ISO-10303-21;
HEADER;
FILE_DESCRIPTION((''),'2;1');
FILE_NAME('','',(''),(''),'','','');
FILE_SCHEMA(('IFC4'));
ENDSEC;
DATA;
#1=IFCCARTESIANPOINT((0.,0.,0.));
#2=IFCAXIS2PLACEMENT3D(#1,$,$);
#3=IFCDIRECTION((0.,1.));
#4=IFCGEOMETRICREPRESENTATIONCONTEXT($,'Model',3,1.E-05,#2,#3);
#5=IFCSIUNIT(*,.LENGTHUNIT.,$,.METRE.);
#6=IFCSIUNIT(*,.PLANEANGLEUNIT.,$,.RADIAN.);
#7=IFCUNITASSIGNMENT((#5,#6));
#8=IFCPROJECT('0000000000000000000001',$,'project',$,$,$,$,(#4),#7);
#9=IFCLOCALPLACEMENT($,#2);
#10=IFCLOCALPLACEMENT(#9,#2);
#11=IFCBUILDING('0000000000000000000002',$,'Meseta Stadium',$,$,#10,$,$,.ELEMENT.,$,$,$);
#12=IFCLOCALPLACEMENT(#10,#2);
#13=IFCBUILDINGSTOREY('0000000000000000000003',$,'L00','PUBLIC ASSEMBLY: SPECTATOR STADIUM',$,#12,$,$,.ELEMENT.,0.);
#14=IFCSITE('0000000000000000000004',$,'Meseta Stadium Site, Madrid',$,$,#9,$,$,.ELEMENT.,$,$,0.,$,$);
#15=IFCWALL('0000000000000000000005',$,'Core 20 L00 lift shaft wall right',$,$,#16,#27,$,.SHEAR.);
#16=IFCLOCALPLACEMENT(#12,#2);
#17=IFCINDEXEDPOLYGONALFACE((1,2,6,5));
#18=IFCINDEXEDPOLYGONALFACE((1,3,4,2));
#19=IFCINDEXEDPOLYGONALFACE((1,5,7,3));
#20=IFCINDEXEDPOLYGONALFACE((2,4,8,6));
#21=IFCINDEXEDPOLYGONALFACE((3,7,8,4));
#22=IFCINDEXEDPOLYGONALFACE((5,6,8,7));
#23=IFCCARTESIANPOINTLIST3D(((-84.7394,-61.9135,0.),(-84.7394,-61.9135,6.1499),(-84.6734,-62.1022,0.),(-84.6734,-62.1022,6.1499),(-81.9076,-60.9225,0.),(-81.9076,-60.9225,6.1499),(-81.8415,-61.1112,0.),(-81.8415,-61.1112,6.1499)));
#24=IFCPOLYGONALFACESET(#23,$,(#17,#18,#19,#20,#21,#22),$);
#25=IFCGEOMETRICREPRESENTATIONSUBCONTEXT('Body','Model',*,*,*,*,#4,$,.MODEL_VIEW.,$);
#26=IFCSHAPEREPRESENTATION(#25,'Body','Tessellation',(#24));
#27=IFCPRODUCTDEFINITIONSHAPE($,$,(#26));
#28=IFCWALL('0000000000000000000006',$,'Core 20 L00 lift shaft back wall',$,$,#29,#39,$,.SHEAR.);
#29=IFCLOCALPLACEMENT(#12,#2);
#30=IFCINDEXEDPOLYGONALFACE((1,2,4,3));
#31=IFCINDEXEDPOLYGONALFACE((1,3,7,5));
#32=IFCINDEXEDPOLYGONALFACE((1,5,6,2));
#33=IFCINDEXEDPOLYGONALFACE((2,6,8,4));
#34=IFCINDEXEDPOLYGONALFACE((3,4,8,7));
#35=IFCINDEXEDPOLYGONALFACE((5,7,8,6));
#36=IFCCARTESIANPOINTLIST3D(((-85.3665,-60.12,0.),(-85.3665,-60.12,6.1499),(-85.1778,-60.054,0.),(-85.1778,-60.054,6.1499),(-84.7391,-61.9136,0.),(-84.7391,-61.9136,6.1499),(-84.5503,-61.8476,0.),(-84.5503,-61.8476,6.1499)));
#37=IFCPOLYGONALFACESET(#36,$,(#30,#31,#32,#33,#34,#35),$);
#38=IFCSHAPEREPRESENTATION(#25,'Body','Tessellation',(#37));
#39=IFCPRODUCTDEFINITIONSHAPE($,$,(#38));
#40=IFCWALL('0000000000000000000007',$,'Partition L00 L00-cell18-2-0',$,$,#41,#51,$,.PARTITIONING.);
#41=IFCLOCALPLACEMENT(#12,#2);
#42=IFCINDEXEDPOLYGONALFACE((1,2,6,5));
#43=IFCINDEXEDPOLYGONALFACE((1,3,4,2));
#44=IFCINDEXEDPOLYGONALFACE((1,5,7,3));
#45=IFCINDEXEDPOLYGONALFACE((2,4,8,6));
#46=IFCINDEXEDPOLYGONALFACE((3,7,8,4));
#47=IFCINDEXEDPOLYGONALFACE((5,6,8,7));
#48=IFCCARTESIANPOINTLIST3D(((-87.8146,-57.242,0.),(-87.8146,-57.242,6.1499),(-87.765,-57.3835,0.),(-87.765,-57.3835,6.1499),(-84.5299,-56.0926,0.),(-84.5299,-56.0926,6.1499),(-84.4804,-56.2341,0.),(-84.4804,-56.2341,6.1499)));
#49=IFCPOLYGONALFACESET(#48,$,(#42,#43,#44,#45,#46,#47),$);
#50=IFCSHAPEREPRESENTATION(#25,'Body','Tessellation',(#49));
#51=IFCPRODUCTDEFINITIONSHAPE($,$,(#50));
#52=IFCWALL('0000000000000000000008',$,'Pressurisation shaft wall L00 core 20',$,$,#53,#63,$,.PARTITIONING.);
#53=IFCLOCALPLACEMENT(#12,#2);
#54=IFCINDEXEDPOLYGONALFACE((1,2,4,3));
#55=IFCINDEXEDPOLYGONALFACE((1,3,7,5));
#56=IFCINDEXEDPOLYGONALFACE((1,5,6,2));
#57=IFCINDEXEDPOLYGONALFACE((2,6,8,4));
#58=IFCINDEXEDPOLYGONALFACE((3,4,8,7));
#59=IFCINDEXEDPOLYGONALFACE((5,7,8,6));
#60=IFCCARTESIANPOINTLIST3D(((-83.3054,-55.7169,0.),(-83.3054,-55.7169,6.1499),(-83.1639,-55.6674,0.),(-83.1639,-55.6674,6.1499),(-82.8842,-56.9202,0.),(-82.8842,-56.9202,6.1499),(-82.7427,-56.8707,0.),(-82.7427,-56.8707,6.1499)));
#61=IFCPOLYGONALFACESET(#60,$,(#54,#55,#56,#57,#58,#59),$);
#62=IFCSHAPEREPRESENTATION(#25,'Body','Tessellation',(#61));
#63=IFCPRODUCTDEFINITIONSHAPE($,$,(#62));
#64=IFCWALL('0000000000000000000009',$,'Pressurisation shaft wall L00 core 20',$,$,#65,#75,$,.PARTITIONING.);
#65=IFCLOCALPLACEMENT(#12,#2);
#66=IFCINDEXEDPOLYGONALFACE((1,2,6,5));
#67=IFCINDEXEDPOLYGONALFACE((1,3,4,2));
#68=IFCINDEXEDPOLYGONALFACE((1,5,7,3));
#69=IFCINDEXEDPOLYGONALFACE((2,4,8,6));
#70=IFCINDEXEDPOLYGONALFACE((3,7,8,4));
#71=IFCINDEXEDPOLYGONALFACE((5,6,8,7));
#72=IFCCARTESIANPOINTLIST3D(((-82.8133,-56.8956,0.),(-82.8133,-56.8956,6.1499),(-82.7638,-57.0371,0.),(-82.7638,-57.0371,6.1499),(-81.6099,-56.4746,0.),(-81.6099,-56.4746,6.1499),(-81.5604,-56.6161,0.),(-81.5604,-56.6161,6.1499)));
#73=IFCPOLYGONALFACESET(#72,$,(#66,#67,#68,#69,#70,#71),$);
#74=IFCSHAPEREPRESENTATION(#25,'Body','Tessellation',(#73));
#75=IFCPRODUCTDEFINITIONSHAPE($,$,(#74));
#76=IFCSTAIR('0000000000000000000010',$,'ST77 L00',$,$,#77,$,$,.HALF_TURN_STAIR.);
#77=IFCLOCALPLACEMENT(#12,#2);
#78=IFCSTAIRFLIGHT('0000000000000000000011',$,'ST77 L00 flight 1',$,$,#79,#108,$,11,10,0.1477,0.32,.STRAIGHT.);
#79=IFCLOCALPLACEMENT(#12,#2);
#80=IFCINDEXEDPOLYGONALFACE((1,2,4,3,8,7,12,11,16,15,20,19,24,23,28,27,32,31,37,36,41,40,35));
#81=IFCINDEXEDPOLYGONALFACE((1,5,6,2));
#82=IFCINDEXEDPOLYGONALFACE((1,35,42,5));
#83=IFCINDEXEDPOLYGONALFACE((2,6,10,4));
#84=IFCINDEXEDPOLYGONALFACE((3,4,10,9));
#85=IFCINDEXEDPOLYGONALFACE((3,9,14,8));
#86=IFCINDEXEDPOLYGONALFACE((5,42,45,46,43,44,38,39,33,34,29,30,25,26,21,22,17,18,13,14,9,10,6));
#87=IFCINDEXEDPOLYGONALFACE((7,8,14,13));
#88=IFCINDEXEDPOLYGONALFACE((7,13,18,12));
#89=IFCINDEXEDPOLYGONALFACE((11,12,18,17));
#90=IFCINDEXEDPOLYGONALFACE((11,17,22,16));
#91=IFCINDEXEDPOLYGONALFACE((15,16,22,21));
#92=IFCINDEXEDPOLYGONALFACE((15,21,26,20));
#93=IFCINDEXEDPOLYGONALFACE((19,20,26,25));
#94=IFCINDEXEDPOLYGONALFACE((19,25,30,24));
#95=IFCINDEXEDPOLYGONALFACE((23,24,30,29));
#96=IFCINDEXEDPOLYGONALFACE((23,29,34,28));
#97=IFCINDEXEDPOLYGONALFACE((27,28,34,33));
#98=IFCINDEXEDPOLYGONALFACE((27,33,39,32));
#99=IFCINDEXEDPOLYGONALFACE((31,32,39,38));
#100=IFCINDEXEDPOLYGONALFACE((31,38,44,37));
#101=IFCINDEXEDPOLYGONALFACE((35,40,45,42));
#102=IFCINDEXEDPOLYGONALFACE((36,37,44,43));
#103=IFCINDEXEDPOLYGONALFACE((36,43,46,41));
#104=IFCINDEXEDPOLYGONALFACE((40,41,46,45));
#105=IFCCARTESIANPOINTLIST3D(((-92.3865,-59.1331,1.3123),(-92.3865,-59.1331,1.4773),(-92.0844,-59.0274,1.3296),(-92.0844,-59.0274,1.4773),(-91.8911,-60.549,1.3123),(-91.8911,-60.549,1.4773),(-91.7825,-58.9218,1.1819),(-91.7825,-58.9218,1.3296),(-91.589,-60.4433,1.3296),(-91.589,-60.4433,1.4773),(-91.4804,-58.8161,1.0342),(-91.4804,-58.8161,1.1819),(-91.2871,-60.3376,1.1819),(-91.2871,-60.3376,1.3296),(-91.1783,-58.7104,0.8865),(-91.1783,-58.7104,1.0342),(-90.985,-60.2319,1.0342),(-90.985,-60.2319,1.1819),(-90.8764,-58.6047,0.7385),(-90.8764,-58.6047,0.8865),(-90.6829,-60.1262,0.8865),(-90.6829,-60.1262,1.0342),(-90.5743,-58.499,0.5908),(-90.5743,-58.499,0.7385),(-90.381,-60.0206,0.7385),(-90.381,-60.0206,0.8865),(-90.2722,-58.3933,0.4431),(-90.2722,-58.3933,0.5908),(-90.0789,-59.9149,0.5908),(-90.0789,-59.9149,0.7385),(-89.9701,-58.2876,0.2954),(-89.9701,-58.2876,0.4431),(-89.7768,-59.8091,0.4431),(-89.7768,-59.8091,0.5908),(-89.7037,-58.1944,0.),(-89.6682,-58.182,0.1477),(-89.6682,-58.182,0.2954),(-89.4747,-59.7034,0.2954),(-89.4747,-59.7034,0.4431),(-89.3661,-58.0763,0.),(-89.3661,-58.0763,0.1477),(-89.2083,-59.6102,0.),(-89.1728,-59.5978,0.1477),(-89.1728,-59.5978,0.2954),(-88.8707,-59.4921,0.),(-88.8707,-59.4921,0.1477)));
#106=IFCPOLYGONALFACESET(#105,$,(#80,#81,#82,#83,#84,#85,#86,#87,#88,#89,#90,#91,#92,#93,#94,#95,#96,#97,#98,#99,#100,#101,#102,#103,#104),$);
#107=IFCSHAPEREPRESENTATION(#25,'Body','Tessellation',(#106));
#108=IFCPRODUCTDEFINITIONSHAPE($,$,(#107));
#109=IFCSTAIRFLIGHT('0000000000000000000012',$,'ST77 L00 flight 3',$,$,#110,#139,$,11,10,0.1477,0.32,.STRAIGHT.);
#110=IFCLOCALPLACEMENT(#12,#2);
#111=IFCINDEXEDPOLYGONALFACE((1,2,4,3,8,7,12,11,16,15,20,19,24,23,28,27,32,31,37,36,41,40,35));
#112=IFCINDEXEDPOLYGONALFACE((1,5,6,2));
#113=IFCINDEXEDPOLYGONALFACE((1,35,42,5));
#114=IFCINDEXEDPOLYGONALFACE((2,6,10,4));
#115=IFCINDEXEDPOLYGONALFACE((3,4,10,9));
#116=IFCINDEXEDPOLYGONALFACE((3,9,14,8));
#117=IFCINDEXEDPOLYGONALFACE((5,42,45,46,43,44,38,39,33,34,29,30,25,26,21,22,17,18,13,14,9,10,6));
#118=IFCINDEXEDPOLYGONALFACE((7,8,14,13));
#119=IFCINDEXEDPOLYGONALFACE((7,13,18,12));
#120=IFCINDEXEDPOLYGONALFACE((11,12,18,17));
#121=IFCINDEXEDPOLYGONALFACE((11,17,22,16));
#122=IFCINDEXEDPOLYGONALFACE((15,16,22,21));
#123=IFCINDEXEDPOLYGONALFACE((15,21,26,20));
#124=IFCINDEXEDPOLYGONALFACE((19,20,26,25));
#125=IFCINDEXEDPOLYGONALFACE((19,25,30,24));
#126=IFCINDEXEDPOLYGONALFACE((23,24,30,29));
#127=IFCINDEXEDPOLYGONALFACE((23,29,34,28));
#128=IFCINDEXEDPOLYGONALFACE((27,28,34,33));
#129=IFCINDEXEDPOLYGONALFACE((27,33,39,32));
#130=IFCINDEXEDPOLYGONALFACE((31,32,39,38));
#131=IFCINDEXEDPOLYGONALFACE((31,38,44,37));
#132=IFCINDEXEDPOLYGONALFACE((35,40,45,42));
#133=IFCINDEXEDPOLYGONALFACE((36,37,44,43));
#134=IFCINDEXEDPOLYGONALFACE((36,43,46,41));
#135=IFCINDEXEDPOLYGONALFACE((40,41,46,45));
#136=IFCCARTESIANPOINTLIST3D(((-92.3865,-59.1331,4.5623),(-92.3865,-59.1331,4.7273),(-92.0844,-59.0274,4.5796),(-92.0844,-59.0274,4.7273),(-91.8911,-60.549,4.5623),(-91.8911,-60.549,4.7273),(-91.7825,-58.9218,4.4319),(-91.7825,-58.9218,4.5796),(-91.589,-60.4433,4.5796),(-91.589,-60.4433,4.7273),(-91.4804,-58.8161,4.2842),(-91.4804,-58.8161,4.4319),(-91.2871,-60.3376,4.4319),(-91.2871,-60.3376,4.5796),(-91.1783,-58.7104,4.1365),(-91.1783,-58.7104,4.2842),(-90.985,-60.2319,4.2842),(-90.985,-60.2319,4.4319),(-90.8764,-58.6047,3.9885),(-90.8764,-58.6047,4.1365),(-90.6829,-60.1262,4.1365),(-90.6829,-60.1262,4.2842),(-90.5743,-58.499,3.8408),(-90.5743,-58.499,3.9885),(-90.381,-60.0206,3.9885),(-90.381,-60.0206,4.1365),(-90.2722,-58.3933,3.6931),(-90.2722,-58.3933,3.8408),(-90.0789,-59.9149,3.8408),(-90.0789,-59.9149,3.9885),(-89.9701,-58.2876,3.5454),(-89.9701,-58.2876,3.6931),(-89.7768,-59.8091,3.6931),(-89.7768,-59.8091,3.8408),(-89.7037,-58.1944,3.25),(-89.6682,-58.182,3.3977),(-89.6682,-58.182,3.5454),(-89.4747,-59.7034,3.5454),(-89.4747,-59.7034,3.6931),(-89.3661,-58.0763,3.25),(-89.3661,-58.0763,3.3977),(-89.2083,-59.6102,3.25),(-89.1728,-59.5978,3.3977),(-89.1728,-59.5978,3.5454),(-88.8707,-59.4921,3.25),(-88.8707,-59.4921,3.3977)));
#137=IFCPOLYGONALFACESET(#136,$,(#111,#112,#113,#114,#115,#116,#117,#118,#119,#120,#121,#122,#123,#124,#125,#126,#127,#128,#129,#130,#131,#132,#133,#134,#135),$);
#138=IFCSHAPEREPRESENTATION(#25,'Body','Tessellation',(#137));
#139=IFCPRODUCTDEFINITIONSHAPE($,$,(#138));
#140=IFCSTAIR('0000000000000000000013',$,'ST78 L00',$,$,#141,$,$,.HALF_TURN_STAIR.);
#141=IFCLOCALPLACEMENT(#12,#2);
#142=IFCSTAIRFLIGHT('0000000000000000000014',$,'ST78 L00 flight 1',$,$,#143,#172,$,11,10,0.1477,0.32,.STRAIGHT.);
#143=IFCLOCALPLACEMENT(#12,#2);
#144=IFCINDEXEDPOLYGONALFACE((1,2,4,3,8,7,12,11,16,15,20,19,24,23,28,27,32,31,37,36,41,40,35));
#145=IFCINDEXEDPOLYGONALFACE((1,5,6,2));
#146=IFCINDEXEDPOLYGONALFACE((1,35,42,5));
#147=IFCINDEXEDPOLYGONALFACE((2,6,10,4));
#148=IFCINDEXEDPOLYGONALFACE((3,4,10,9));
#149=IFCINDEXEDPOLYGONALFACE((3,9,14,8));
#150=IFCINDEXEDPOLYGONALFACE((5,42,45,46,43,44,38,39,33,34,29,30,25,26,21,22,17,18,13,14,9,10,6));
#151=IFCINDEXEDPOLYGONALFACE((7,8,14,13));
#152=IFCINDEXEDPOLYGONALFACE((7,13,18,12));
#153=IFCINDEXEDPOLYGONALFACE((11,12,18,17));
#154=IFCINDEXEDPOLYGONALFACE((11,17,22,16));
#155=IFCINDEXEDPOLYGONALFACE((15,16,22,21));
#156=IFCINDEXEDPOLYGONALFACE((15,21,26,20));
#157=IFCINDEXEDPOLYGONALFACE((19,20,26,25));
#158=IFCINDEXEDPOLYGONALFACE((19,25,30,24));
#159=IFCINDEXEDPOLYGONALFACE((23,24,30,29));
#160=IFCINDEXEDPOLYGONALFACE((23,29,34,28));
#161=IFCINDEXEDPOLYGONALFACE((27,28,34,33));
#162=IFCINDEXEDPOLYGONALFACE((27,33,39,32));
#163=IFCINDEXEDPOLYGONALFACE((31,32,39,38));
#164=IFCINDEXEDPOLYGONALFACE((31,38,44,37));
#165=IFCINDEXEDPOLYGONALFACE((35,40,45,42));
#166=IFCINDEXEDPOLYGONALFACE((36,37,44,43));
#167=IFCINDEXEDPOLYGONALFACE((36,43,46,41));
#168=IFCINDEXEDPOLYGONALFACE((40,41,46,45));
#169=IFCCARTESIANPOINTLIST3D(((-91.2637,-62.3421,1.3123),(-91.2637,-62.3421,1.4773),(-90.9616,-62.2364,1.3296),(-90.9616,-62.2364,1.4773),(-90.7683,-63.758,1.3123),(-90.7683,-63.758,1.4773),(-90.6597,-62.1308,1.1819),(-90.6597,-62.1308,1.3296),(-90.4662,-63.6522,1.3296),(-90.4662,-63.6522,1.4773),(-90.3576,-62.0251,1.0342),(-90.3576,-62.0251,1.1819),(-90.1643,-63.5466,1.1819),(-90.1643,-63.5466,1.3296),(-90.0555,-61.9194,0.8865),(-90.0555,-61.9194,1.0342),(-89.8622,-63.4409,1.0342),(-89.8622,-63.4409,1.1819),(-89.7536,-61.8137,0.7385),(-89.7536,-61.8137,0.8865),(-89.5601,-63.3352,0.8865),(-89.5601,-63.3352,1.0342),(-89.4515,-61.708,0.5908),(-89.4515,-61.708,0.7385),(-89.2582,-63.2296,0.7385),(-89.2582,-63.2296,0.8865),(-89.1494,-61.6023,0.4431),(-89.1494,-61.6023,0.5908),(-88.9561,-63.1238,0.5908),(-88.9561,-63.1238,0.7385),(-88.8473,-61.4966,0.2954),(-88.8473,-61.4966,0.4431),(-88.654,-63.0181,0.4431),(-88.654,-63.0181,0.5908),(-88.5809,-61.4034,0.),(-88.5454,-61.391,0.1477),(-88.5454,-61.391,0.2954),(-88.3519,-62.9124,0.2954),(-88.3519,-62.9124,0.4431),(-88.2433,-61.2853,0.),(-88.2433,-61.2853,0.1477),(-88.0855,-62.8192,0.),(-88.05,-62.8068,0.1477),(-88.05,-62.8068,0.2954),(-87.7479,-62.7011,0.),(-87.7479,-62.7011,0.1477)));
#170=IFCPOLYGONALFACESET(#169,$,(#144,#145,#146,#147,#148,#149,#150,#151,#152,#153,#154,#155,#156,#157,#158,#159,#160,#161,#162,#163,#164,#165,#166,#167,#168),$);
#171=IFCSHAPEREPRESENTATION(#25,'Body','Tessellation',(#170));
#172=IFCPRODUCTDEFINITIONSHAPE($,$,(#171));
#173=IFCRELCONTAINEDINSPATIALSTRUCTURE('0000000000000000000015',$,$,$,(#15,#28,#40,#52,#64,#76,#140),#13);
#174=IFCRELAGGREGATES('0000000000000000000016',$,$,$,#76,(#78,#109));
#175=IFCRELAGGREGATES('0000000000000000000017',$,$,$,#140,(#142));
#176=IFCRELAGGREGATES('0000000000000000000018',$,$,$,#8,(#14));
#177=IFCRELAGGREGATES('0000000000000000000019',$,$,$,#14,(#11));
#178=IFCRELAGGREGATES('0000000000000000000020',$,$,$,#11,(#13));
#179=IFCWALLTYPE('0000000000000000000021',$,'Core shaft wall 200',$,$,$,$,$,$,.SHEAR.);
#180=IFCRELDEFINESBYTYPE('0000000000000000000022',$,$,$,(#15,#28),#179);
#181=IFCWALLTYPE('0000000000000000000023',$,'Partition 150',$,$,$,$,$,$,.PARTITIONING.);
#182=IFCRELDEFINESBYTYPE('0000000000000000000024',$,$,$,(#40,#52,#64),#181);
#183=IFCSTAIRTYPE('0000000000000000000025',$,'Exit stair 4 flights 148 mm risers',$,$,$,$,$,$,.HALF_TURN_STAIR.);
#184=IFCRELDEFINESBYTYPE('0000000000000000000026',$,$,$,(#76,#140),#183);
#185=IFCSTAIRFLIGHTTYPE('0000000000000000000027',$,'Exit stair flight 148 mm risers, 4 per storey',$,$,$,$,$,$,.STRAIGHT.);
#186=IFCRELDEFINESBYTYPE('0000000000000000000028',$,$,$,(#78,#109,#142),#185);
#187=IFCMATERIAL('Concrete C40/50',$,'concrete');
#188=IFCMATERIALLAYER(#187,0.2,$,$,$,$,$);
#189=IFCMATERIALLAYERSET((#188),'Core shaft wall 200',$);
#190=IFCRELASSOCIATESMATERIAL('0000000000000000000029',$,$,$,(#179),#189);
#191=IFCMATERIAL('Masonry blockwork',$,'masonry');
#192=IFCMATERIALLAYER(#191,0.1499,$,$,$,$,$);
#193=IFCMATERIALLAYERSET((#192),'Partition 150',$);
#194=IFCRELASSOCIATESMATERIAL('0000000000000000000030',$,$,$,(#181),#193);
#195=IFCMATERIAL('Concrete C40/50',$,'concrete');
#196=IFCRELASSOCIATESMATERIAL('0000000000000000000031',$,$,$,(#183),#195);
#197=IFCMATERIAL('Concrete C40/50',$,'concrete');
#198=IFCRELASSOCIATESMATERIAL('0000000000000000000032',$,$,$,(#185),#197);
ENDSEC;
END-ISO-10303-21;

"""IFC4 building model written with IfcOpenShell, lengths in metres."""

from ifc_helpers import new_model, si_unit, direction, frame, frame_2d, origin, place, context, subcontext, project, spatial, polyline, rectangle, outline, extrude, material, layer, layer_set, type_object, element, aggregate, save


model = new_model("IFC4")

# Units and contexts
model_context = context("Model", 3, precision=1e-05, world=origin(), true_north=direction((0.0, 1.0)))
body_context = subcontext(model_context, "Body", "Model", "MODEL_VIEW")
ifc_project = project(units=[si_unit("LENGTHUNIT", "METRE"), si_unit("PLANEANGLEUNIT", "RADIAN")], contexts=[model_context])

# Site, building, storey
site_placement = place(None, origin())
site = spatial("IfcSite", under=ifc_project, at=site_placement, Name="Meseta Stadium Site, Madrid", CompositionType="ELEMENT", RefElevation=0.0)
building_placement = place(site_placement, origin())
building = spatial("IfcBuilding", under=site, at=building_placement, Name="Meseta Stadium", CompositionType="ELEMENT")
storey_placement = place(building_placement, origin())
storey = spatial("IfcBuildingStorey", under=building, at=storey_placement, Name="L00", Description="PUBLIC ASSEMBLY: SPECTATOR STADIUM", CompositionType="ELEMENT", Elevation=0.0)

# Shared definitions
ifc_material_1 = material(Name="Concrete C40/50", Category="concrete")
ifc_layer_1 = layer(ifc_material_1, 0.2)
ifc_layer_set_1 = layer_set([ifc_layer_1], Name="Core shaft wall 200")
wall_type_1 = type_object("IfcWallType", Name="Core shaft wall 200", PredefinedType="SHEAR", material=ifc_layer_set_1)

# Walls
wall_1_placement = place(storey_placement, frame((-84.7063, -62.0078, 0.0), z_axis=(0.0, 0.0, 1.0), x_axis=(0.943875, 0.330303, 0.0)))
element("IfcWall", 1, at=wall_1_placement, inside=storey, type_object=wall_type_1, Name="Core 20 L00 lift shaft wall right", PredefinedType="SHEAR", context=body_context, shape_type="SweptSolid", body=[
    extrude(rectangle(XDim=3.0002, YDim=0.2, at=frame_2d((1.5, 0.0))), origin(), (0.0, 0.0, 1.0), 6.1499),
])
wall_2_placement = place(storey_placement, frame((-85.2722, -60.0869, 0.0), z_axis=(0.0, 0.0, 1.0), x_axis=(0.330225, -0.943902, 0.0)))
element("IfcWall", 2, at=wall_2_placement, inside=storey, type_object=wall_type_1, Name="Core 20 L00 lift shaft back wall", PredefinedType="SHEAR", context=body_context, shape_type="SweptSolid", body=[
    extrude(rectangle(XDim=1.9001, YDim=0.2, at=frame_2d((0.9502, 0.0))), origin(), (0.0, 0.0, 1.0), 6.1499),
])
ifc_material_2 = material(Name="Masonry blockwork", Category="masonry")
ifc_layer_2 = layer(ifc_material_2, 0.1499)
ifc_layer_set_2 = layer_set([ifc_layer_2], Name="Partition 150")
wall_type_2 = type_object("IfcWallType", Name="Partition 150", PredefinedType="PARTITIONING", material=ifc_layer_set_2)
wall_3_placement = place(storey_placement, frame((-84.5051, -56.1633, 0.0), z_axis=(0.0, 0.0, 1.0), x_axis=(-0.943878, -0.330294, 0.0)))
element("IfcWall", 3, at=wall_3_placement, inside=storey, type_object=wall_type_2, Name="Partition L00 L00-cell18-2-0", PredefinedType="PARTITIONING", context=body_context, shape_type="SweptSolid", body=[
    extrude(rectangle(XDim=3.48, YDim=0.1499, at=frame_2d((1.74, 0.0))), origin(), (0.0, 0.0, 1.0), 6.1499),
])
for number, where, z_axis, x_axis, name in (
    (4, (-83.2346, -55.6921, 0.0), (0.0, 0.0, 1.0), (0.330325, -0.943867, 0.0), "Pressurisation shaft wall L00 core 20"),
    (5, (-82.7886, -56.9663, 0.0), (0.0, 0.0, 1.0), (0.943927, 0.330154, 0.0), "Pressurisation shaft wall L00 core 20"),
):
    element("IfcWall", number, at=place(storey_placement, frame(where, z_axis=z_axis, x_axis=x_axis)), inside=storey, type_object=wall_type_2, Name=name, PredefinedType="PARTITIONING", context=body_context, shape_type="SweptSolid", body=[
        extrude(rectangle(XDim=1.2749, YDim=0.1499, at=frame_2d((0.6375, 0.0))), origin(), (0.0, 0.0, 1.0), 6.1499),
    ])

# Stairs, stair flights
ifc_material_3 = material(Name="Concrete C40/50", Category="concrete")
stair_type = type_object("IfcStairType", Name="Exit stair 4 flights 148 mm risers", PredefinedType="HALF_TURN_STAIR", material=ifc_material_3)
stair_1_placement = place(storey_placement, origin())
stair_1 = element("IfcStair", 6, at=stair_1_placement, inside=storey, type_object=stair_type, Name="ST77 L00", PredefinedType="HALF_TURN_STAIR")
ifc_material_4 = material(Name="Concrete C40/50", Category="concrete")
stair_flight_type = type_object("IfcStairFlightType", Name="Exit stair flight 148 mm risers, 4 per storey", PredefinedType="STRAIGHT", material=ifc_material_4)
stair_flight_1_placement = place(storey_placement, frame((-89.1184, -58.7842, 0.0), z_axis=(0.0, 0.0, 1.0), x_axis=(-0.943883, -0.330279, 0.0)))
stair_flight_1 = element("IfcStairFlight", 7, at=stair_flight_1_placement, type_object=stair_flight_type, Name="ST77 L00 flight 1", NumberOfRisers=11, NumberOfTreads=10, PredefinedType="STRAIGHT", RiserHeight=0.1477, TreadLength=0.32, context=body_context, shape_type="SweptSolid", body=[
    extrude(outline(polyline([(0.0, 0.0), (0.0, 0.1477), (0.3201, 0.1477), (0.3201, 0.2954), (0.6399, 0.2954), (0.6399, 0.4431), (0.96, 0.4431), (0.96, 0.5908), (1.28, 0.5908), (1.28, 0.7385), (1.6001, 0.7385), (1.6001, 0.8865), (1.9199, 0.8865), (1.9199, 1.0342), (2.24, 1.0342), (2.24, 1.1819), (2.5601, 1.1819), (2.5601, 1.3296), (2.8799, 1.3296), (2.8799, 1.4773), (3.2, 1.4773), (3.2, 1.3123), (0.3577, 0.0), (0.0, 0.0)])), frame((0.0, 0.75, 0.0), z_axis=(0.0, -1.0, 0.0), x_axis=(1.0, 0.0, 0.0)), (0.0, 0.0, 1.0), 1.5),
])
stair_flight_2_placement = place(storey_placement, frame((-89.1184, -58.7842, 3.25), z_axis=(0.0, 0.0, 1.0), x_axis=(-0.943883, -0.330279, 0.0)))
stair_flight_2 = element("IfcStairFlight", 8, at=stair_flight_2_placement, type_object=stair_flight_type, Name="ST77 L00 flight 3", NumberOfRisers=11, NumberOfTreads=10, PredefinedType="STRAIGHT", RiserHeight=0.1477, TreadLength=0.32, context=body_context, shape_type="SweptSolid", body=[
    extrude(outline(polyline([(0.0, 0.0), (0.0, 0.1477), (0.3201, 0.1477), (0.3201, 0.2954), (0.6399, 0.2954), (0.6399, 0.4431), (0.96, 0.4431), (0.96, 0.5908), (1.28, 0.5908), (1.28, 0.7385), (1.6001, 0.7385), (1.6001, 0.8865), (1.9199, 0.8865), (1.9199, 1.0342), (2.24, 1.0342), (2.24, 1.1819), (2.5601, 1.1819), (2.5601, 1.3296), (2.8799, 1.3296), (2.8799, 1.4773), (3.2, 1.4773), (3.2, 1.3123), (0.3577, 0.0), (0.0, 0.0)])), frame((0.0, 0.75, 0.0), z_axis=(0.0, -1.0, 0.0), x_axis=(1.0, 0.0, 0.0)), (0.0, 0.0, 1.0), 1.5),
])
aggregate(stair_1, [stair_flight_1, stair_flight_2])
stair_2_placement = place(storey_placement, origin())
stair_2 = element("IfcStair", 9, at=stair_2_placement, inside=storey, type_object=stair_type, Name="ST78 L00", PredefinedType="HALF_TURN_STAIR")
stair_flight_3_placement = place(storey_placement, frame((-87.9956, -61.9932, 0.0), z_axis=(0.0, 0.0, 1.0), x_axis=(-0.943883, -0.330279, 0.0)))
stair_flight_3 = element("IfcStairFlight", 10, at=stair_flight_3_placement, type_object=stair_flight_type, Name="ST78 L00 flight 1", NumberOfRisers=11, NumberOfTreads=10, PredefinedType="STRAIGHT", RiserHeight=0.1477, TreadLength=0.32, context=body_context, shape_type="SweptSolid", body=[
    extrude(outline(polyline([(0.0, 0.0), (0.0, 0.1477), (0.3201, 0.1477), (0.3201, 0.2954), (0.6399, 0.2954), (0.6399, 0.4431), (0.96, 0.4431), (0.96, 0.5908), (1.28, 0.5908), (1.28, 0.7385), (1.6001, 0.7385), (1.6001, 0.8865), (1.9199, 0.8865), (1.9199, 1.0342), (2.24, 1.0342), (2.24, 1.1819), (2.5601, 1.1819), (2.5601, 1.3296), (2.8799, 1.3296), (2.8799, 1.4773), (3.2, 1.4773), (3.2, 1.3123), (0.3577, 0.0), (0.0, 0.0)])), frame((0.0, 0.75, 0.0), z_axis=(0.0, -1.0, 0.0), x_axis=(1.0, 0.0, 0.0)), (0.0, 0.0, 1.0), 1.5),
])
aggregate(stair_2, [stair_flight_3])

save(model, "model.ifc")
